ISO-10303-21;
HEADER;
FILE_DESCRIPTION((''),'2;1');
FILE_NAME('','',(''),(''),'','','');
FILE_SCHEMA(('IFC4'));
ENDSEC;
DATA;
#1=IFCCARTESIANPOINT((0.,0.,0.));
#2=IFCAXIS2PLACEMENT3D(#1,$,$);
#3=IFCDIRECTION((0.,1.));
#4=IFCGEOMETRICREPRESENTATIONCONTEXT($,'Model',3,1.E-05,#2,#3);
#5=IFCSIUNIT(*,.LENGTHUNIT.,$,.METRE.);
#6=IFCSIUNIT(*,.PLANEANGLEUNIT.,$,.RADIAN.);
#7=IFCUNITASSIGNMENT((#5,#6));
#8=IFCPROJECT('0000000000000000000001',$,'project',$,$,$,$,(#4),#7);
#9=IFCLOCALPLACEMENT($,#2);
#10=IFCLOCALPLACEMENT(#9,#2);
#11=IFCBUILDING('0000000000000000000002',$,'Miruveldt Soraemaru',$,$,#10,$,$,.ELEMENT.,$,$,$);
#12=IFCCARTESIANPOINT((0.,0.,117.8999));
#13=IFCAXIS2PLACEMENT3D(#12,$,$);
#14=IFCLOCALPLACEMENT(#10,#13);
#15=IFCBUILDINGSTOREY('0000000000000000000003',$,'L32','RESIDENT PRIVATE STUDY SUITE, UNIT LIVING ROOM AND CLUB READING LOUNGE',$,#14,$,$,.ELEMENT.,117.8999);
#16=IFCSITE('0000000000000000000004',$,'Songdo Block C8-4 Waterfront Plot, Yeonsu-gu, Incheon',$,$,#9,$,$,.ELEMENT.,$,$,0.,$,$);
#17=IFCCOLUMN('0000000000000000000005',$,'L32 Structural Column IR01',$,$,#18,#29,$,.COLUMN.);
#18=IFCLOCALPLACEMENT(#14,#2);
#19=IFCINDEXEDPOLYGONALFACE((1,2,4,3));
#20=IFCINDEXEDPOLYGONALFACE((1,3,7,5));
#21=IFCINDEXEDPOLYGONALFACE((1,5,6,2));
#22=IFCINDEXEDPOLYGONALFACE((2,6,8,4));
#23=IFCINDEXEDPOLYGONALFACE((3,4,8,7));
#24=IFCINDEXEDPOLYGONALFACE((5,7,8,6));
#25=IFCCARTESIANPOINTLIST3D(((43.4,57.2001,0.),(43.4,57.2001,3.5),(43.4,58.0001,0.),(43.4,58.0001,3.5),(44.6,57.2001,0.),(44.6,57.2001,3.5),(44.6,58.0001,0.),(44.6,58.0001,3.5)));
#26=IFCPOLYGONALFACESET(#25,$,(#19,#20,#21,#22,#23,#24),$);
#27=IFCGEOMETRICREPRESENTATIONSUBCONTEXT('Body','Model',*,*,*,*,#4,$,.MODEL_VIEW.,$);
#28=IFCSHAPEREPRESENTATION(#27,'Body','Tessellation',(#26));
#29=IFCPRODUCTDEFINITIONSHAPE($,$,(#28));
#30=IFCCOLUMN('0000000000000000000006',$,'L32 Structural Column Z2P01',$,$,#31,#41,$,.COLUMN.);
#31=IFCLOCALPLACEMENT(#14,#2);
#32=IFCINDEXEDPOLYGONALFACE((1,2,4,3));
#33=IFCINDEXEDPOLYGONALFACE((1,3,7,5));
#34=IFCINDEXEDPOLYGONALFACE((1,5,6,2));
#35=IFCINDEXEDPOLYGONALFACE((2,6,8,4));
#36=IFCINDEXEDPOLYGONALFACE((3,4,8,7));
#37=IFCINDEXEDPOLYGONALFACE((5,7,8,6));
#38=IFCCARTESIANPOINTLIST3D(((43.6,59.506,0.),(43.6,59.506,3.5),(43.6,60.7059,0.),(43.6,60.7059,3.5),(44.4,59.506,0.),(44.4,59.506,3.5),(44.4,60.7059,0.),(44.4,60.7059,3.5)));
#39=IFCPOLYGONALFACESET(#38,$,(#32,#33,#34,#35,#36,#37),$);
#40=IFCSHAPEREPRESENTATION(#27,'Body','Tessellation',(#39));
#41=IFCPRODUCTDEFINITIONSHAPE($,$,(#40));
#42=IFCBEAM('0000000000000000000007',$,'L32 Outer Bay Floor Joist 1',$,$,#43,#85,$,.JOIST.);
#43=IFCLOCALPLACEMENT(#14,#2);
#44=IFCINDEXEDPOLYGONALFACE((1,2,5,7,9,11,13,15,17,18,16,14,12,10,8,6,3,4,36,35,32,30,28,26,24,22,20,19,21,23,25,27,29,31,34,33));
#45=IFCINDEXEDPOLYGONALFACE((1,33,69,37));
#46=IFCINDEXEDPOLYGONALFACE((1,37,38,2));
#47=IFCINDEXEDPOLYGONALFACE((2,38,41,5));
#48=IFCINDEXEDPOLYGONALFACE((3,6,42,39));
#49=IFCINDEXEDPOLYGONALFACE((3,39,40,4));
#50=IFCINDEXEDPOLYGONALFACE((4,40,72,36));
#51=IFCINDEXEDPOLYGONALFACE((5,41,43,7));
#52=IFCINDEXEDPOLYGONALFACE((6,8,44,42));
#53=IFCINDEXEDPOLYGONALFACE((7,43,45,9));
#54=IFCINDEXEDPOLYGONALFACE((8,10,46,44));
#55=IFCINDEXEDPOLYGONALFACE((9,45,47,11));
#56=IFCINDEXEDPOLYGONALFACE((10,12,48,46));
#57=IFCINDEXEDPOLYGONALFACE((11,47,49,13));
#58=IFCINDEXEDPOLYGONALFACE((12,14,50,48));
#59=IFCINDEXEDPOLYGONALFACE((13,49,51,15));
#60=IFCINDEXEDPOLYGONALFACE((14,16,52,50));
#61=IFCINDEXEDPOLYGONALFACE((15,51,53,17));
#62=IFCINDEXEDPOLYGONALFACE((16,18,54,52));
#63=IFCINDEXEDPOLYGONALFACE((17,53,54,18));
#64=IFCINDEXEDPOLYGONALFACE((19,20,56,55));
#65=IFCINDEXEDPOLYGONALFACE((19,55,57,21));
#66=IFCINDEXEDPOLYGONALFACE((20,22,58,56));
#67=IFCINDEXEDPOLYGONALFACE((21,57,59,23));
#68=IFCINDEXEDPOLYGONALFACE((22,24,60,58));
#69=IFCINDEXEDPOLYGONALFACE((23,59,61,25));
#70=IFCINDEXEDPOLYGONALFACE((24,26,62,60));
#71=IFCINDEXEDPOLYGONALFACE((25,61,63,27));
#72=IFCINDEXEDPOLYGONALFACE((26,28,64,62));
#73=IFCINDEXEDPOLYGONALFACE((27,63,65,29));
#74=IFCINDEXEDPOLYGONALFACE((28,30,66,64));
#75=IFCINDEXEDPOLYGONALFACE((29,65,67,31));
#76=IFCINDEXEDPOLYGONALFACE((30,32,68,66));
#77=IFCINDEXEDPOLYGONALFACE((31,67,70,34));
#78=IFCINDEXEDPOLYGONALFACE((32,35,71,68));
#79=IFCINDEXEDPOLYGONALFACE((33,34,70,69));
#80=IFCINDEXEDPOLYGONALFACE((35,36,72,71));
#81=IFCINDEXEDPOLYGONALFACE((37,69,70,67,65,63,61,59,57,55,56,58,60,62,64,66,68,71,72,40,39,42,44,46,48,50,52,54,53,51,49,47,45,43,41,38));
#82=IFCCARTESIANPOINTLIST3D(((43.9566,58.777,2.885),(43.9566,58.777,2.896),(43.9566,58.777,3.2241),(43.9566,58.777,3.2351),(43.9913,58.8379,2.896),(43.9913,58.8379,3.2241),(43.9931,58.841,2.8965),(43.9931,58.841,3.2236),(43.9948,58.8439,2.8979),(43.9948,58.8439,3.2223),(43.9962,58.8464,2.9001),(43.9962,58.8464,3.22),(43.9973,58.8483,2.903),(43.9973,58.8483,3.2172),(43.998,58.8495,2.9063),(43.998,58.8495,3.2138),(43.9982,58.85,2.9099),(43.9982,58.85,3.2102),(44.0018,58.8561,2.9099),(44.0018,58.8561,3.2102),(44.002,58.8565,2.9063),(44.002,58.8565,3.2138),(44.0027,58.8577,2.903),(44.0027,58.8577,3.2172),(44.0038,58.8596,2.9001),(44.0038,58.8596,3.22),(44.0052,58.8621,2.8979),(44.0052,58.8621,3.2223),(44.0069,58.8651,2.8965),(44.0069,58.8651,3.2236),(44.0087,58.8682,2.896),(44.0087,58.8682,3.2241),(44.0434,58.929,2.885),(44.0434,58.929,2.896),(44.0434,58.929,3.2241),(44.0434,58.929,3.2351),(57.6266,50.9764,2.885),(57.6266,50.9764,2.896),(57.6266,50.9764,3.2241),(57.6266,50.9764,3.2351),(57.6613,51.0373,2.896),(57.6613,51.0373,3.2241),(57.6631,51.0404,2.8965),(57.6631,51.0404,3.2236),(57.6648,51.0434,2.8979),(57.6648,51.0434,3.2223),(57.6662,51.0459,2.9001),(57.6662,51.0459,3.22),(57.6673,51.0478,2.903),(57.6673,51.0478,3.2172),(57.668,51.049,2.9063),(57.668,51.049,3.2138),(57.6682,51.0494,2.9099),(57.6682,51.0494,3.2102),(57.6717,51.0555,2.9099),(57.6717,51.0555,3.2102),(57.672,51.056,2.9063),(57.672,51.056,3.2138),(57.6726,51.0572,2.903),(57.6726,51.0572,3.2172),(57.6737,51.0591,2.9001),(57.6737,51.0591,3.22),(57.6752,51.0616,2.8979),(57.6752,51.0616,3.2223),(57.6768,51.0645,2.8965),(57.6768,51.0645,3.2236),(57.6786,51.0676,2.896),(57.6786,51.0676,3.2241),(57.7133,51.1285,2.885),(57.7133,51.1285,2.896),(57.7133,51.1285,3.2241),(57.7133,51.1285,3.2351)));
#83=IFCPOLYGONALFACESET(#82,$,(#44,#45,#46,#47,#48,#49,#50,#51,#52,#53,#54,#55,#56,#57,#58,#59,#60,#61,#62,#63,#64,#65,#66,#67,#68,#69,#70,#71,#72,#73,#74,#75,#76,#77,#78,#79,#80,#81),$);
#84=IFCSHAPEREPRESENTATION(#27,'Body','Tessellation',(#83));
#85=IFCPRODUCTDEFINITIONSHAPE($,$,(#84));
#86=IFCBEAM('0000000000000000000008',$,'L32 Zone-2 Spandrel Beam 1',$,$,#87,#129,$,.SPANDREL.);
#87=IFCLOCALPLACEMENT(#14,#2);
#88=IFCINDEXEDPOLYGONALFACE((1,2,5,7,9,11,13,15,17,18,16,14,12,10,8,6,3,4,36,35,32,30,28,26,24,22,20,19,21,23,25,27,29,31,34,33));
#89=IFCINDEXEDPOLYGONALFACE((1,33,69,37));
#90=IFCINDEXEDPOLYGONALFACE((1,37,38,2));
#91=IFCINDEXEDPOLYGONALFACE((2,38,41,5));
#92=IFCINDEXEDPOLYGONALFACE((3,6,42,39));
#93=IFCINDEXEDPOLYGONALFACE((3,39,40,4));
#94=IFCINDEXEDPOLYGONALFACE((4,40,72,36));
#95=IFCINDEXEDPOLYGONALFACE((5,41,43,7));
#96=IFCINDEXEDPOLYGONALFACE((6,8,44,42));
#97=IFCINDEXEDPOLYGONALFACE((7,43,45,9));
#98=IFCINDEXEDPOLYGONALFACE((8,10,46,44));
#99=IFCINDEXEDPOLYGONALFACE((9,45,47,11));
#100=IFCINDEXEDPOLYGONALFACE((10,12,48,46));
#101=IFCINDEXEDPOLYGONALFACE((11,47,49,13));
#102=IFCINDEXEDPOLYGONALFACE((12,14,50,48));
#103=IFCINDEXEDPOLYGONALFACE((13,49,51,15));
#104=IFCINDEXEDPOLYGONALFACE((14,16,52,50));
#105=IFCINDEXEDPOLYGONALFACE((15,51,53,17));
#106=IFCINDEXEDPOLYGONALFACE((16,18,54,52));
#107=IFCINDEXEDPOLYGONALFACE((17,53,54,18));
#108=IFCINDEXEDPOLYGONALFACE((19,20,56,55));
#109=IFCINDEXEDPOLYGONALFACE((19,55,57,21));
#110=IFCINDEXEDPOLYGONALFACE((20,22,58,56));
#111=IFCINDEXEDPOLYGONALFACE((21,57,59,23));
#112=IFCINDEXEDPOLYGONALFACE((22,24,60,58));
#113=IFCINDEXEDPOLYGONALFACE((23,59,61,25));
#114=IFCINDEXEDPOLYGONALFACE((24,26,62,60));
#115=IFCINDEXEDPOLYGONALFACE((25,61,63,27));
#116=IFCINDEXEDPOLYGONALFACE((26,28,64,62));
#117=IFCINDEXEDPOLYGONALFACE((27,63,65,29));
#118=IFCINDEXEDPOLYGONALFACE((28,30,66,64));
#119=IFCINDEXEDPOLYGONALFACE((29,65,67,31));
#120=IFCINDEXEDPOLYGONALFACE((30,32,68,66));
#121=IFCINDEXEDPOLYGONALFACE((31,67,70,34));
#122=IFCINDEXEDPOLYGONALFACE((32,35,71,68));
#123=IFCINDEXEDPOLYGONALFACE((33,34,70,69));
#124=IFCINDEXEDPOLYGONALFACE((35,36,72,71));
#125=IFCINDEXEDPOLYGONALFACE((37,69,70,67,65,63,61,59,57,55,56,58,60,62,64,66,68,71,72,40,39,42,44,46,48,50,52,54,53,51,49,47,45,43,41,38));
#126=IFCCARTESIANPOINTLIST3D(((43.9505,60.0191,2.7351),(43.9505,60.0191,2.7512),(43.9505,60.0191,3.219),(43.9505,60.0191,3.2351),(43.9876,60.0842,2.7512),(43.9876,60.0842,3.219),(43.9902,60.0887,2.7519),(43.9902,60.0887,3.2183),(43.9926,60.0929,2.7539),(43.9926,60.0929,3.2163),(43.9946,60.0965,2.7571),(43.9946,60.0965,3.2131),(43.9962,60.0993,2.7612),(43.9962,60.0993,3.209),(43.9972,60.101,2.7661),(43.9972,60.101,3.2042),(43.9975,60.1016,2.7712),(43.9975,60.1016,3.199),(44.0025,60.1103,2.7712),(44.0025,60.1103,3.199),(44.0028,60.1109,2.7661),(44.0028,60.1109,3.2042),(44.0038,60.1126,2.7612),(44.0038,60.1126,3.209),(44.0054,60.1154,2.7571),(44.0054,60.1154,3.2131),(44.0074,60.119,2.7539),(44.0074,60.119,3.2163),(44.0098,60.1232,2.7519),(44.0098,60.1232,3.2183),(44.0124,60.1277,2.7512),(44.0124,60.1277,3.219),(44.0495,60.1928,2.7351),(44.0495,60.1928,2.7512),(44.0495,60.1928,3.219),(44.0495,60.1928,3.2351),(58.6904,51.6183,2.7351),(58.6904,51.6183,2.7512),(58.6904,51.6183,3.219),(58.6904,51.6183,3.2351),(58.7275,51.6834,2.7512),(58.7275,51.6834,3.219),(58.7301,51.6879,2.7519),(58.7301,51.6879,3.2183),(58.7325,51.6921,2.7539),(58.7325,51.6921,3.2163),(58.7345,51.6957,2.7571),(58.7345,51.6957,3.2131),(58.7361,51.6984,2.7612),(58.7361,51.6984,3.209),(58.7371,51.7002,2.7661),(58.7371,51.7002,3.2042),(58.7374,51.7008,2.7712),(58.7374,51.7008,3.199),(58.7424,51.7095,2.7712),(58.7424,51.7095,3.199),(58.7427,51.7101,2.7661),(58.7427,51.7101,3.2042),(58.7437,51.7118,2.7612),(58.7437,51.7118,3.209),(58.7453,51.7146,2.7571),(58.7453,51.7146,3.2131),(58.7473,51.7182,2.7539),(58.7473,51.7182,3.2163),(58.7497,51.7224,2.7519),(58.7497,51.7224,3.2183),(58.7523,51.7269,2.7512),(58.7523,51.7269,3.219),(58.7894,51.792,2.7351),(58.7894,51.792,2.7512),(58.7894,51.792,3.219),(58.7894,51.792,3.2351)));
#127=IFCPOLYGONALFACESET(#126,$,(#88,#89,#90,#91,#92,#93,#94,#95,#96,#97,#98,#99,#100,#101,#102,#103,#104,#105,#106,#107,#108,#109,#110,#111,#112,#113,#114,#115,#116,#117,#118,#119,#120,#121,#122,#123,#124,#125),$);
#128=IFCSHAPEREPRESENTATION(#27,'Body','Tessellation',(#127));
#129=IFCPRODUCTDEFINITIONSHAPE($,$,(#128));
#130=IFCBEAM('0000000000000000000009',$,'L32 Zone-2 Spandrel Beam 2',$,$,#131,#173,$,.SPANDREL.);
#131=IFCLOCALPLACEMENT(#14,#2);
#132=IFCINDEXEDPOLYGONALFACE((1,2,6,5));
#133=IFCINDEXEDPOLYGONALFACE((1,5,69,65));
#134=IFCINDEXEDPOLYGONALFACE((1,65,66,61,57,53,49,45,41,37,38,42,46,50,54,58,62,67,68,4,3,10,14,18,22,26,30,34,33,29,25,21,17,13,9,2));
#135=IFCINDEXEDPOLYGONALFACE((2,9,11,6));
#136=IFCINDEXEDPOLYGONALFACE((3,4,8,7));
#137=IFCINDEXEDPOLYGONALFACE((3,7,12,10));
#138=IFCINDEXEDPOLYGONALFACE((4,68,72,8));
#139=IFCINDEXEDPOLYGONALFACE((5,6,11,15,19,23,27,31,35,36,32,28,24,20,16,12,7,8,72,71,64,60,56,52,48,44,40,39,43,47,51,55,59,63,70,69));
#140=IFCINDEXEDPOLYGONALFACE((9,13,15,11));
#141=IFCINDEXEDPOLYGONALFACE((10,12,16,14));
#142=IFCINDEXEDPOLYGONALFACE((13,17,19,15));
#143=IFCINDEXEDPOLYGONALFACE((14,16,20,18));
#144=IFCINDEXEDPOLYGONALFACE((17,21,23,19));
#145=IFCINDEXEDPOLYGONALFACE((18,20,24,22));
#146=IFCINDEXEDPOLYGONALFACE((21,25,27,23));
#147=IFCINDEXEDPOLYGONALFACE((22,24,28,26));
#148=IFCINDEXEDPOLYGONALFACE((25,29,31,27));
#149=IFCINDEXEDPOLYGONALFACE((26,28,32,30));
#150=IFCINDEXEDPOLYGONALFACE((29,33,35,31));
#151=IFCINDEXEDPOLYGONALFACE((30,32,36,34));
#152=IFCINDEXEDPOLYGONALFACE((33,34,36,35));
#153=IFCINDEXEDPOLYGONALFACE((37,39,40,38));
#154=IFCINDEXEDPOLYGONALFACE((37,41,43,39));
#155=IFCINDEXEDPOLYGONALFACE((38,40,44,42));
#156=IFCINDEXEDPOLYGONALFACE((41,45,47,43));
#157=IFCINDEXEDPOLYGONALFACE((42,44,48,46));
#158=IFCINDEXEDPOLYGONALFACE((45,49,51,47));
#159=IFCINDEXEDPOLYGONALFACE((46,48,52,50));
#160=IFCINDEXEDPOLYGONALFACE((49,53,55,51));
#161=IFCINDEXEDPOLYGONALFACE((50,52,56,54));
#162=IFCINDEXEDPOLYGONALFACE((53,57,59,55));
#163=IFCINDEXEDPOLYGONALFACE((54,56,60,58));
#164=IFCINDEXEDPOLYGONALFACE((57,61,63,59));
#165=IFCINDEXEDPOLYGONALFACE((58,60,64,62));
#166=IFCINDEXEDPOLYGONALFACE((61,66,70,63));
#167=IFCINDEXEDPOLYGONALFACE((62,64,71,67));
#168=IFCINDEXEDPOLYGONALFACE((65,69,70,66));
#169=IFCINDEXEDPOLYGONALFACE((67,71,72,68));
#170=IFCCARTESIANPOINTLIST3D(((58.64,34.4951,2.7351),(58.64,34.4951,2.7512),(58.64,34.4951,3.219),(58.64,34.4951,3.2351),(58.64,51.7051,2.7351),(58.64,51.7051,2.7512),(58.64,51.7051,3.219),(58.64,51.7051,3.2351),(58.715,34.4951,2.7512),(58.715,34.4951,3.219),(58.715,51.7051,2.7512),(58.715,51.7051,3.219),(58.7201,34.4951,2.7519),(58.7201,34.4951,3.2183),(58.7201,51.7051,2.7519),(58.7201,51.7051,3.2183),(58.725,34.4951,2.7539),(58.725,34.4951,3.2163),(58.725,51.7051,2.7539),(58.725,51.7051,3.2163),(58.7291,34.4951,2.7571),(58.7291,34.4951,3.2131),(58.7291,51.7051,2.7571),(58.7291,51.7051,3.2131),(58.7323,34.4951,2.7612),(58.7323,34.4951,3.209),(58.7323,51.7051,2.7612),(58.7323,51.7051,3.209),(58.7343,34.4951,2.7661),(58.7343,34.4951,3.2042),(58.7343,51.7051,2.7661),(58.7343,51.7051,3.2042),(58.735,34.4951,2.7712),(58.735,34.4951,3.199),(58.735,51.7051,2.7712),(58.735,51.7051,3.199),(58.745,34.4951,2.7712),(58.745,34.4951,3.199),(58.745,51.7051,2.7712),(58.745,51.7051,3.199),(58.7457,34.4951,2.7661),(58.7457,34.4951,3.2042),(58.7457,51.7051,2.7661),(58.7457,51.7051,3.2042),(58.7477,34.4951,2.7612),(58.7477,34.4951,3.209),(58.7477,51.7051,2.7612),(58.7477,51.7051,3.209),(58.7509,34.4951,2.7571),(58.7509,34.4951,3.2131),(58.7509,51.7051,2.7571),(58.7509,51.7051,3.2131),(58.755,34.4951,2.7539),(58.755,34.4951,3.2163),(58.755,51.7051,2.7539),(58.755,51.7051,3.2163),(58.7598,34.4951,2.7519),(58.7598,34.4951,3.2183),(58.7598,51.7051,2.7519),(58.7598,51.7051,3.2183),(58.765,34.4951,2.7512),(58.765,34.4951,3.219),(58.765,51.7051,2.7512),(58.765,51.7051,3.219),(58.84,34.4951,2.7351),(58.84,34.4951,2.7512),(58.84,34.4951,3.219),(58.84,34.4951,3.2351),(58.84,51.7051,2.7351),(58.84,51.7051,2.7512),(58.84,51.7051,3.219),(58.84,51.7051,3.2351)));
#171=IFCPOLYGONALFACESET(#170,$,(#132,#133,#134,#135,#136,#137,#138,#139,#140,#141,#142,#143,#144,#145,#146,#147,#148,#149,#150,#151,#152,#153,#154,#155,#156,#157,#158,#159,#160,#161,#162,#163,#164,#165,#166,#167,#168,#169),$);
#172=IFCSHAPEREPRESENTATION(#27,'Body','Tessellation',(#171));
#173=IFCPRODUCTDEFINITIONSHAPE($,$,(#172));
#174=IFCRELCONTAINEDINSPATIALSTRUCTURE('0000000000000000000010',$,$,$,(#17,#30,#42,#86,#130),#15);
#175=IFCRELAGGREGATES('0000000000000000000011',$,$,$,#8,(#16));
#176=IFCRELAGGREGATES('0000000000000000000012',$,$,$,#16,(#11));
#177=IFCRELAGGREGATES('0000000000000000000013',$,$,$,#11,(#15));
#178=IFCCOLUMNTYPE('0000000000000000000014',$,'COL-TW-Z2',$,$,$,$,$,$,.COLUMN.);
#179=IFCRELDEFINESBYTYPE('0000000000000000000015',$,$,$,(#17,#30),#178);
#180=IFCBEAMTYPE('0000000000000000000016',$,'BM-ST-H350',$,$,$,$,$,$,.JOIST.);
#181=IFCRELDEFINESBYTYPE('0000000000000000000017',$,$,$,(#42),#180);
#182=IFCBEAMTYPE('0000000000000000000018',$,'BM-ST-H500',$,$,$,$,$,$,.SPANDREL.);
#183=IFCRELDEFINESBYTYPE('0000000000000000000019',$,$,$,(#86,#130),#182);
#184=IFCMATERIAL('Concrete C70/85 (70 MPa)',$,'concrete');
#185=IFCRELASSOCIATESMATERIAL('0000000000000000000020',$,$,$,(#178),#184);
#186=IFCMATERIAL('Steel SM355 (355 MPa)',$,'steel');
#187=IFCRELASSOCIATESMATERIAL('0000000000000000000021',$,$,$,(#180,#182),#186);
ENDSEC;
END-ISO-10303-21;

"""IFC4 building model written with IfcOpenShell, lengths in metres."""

from ifc_helpers import new_model, si_unit, direction, frame, origin, origin_2d, place, context, subcontext, project, spatial, rectangle, i_section, extrude, material, material_profile, profile_set, type_object, element, save


model = new_model("IFC4")

# Units and contexts
model_context = context("Model", 3, precision=1e-05, world=origin(), true_north=direction((0.0, 1.0)))
body_context = subcontext(model_context, "Body", "Model", "MODEL_VIEW")
ifc_project = project(units=[si_unit("LENGTHUNIT", "METRE"), si_unit("PLANEANGLEUNIT", "RADIAN")], contexts=[model_context])

# Site, building, storey
site_placement = place(None, origin())
site = spatial("IfcSite", under=ifc_project, at=site_placement, Name="Songdo Block C8-4 Waterfront Plot, Yeonsu-gu, Incheon", CompositionType="ELEMENT", RefElevation=0.0)
building_placement = place(site_placement, origin())
building = spatial("IfcBuilding", under=site, at=building_placement, Name="Miruveldt Soraemaru", CompositionType="ELEMENT")
storey_placement = place(building_placement, frame((0.0, 0.0, 117.8999)))
storey = spatial("IfcBuildingStorey", under=building, at=storey_placement, Name="L32", Description="RESIDENT PRIVATE STUDY SUITE, UNIT LIVING ROOM AND CLUB READING LOUNGE", CompositionType="ELEMENT", Elevation=117.8999)

# Columns
ifc_material_1 = material(Name="Concrete C70/85 (70 MPa)", Category="concrete")
ifc_material_profile_1 = material_profile(ifc_material_1, rectangle(XDim=1.2, YDim=0.8, at=origin_2d()), Name="Concrete C70/85 (70 MPa)", Category="concrete")
ifc_profile_set_1 = profile_set([ifc_material_profile_1], Name="Concrete C70/85 (70 MPa)")
column_type = type_object("IfcColumnType", Name="COL-TW-Z2", PredefinedType="COLUMN", material=ifc_profile_set_1)
for number, where, z_axis, x_axis, name in (
    (1, (44.0, 57.6001, 0.0), (0.0, 0.0, 1.0), (1.0, 0.0, 0.0), "L32 Structural Column IR01"),
    (2, (44.0, 60.106, 0.0), (0.0, 0.0, 1.0), (0.0, 1.0, 0.0), "L32 Structural Column Z2P01"),
):
    element("IfcColumn", number, at=place(storey_placement, frame(where, z_axis=z_axis, x_axis=x_axis)), inside=storey, type_object=column_type, Name=name, PredefinedType="COLUMN", context=body_context, shape_type="SweptSolid", body=[
        extrude(rectangle(XDim=1.2, YDim=0.8, at=origin_2d()), origin(), (0.0, 0.0, 1.0), 3.5),
    ])

# Beams
ifc_material_2 = material(Name="Steel SM355 (355 MPa)", Category="steel")
ifc_material_profile_2 = material_profile(ifc_material_2, i_section(OverallWidth=0.175, OverallDepth=0.3501, WebThickness=0.0071, FlangeThickness=0.011, FilletRadius=0.0139, at=origin_2d()), Name="Steel SM355 (355 MPa)", Category="steel")
ifc_profile_set_2 = profile_set([ifc_material_profile_2], Name="Steel SM355 (355 MPa)")
beam_type_1 = type_object("IfcBeamType", Name="BM-ST-H350", PredefinedType="JOIST", material=ifc_profile_set_2)
beam_1_placement = place(storey_placement, frame((44.0, 58.853, 3.0601), z_axis=(0.86854, -0.495619, 0.0), x_axis=(0.495619, 0.86854, 0.0)))
element("IfcBeam", 3, at=beam_1_placement, inside=storey, type_object=beam_type_1, Name="L32 Outer Bay Floor Joist 1", PredefinedType="JOIST", context=body_context, shape_type="SweptSolid", body=[
    extrude(i_section(OverallWidth=0.175, OverallDepth=0.3501, WebThickness=0.0071, FlangeThickness=0.011, FilletRadius=0.0139, at=origin_2d()), origin(), (0.0, 0.0, 1.0), 15.739),
])
ifc_material_profile_3 = material_profile(ifc_material_2, i_section(OverallWidth=0.2, OverallDepth=0.5, WebThickness=0.01, FlangeThickness=0.0161, FilletRadius=0.02, at=origin_2d()), Name="Steel SM355 (355 MPa)", Category="steel")
ifc_profile_set_3 = profile_set([ifc_material_profile_3], Name="Steel SM355 (355 MPa)")
beam_type_2 = type_object("IfcBeamType", Name="BM-ST-H500", PredefinedType="SPANDREL", material=ifc_profile_set_3)
beam_2_placement = place(storey_placement, frame((44.0, 60.106, 2.9851), z_axis=(0.8688, -0.495162, 0.0), x_axis=(0.495162, 0.8688, 0.0)))
element("IfcBeam", 4, at=beam_2_placement, inside=storey, type_object=beam_type_2, Name="L32 Zone-2 Spandrel Beam 1", PredefinedType="SPANDREL", context=body_context, shape_type="SweptSolid", body=[
    extrude(i_section(OverallWidth=0.2, OverallDepth=0.5, WebThickness=0.01, FlangeThickness=0.0161, FilletRadius=0.02, at=origin_2d()), origin(), (0.0, 0.0, 1.0), 16.9658),
])
beam_3_placement = place(storey_placement, frame((58.74, 51.7051, 2.9851), z_axis=(0.0, -1.0, 0.0), x_axis=(1.0, 0.0, 0.0)))
element("IfcBeam", 5, at=beam_3_placement, inside=storey, type_object=beam_type_2, Name="L32 Zone-2 Spandrel Beam 2", PredefinedType="SPANDREL", context=body_context, shape_type="SweptSolid", body=[
    extrude(i_section(OverallWidth=0.2, OverallDepth=0.5, WebThickness=0.01, FlangeThickness=0.0161, FilletRadius=0.02, at=origin_2d()), origin(), (0.0, 0.0, 1.0), 17.21),
])

save(model, "model.ifc")
